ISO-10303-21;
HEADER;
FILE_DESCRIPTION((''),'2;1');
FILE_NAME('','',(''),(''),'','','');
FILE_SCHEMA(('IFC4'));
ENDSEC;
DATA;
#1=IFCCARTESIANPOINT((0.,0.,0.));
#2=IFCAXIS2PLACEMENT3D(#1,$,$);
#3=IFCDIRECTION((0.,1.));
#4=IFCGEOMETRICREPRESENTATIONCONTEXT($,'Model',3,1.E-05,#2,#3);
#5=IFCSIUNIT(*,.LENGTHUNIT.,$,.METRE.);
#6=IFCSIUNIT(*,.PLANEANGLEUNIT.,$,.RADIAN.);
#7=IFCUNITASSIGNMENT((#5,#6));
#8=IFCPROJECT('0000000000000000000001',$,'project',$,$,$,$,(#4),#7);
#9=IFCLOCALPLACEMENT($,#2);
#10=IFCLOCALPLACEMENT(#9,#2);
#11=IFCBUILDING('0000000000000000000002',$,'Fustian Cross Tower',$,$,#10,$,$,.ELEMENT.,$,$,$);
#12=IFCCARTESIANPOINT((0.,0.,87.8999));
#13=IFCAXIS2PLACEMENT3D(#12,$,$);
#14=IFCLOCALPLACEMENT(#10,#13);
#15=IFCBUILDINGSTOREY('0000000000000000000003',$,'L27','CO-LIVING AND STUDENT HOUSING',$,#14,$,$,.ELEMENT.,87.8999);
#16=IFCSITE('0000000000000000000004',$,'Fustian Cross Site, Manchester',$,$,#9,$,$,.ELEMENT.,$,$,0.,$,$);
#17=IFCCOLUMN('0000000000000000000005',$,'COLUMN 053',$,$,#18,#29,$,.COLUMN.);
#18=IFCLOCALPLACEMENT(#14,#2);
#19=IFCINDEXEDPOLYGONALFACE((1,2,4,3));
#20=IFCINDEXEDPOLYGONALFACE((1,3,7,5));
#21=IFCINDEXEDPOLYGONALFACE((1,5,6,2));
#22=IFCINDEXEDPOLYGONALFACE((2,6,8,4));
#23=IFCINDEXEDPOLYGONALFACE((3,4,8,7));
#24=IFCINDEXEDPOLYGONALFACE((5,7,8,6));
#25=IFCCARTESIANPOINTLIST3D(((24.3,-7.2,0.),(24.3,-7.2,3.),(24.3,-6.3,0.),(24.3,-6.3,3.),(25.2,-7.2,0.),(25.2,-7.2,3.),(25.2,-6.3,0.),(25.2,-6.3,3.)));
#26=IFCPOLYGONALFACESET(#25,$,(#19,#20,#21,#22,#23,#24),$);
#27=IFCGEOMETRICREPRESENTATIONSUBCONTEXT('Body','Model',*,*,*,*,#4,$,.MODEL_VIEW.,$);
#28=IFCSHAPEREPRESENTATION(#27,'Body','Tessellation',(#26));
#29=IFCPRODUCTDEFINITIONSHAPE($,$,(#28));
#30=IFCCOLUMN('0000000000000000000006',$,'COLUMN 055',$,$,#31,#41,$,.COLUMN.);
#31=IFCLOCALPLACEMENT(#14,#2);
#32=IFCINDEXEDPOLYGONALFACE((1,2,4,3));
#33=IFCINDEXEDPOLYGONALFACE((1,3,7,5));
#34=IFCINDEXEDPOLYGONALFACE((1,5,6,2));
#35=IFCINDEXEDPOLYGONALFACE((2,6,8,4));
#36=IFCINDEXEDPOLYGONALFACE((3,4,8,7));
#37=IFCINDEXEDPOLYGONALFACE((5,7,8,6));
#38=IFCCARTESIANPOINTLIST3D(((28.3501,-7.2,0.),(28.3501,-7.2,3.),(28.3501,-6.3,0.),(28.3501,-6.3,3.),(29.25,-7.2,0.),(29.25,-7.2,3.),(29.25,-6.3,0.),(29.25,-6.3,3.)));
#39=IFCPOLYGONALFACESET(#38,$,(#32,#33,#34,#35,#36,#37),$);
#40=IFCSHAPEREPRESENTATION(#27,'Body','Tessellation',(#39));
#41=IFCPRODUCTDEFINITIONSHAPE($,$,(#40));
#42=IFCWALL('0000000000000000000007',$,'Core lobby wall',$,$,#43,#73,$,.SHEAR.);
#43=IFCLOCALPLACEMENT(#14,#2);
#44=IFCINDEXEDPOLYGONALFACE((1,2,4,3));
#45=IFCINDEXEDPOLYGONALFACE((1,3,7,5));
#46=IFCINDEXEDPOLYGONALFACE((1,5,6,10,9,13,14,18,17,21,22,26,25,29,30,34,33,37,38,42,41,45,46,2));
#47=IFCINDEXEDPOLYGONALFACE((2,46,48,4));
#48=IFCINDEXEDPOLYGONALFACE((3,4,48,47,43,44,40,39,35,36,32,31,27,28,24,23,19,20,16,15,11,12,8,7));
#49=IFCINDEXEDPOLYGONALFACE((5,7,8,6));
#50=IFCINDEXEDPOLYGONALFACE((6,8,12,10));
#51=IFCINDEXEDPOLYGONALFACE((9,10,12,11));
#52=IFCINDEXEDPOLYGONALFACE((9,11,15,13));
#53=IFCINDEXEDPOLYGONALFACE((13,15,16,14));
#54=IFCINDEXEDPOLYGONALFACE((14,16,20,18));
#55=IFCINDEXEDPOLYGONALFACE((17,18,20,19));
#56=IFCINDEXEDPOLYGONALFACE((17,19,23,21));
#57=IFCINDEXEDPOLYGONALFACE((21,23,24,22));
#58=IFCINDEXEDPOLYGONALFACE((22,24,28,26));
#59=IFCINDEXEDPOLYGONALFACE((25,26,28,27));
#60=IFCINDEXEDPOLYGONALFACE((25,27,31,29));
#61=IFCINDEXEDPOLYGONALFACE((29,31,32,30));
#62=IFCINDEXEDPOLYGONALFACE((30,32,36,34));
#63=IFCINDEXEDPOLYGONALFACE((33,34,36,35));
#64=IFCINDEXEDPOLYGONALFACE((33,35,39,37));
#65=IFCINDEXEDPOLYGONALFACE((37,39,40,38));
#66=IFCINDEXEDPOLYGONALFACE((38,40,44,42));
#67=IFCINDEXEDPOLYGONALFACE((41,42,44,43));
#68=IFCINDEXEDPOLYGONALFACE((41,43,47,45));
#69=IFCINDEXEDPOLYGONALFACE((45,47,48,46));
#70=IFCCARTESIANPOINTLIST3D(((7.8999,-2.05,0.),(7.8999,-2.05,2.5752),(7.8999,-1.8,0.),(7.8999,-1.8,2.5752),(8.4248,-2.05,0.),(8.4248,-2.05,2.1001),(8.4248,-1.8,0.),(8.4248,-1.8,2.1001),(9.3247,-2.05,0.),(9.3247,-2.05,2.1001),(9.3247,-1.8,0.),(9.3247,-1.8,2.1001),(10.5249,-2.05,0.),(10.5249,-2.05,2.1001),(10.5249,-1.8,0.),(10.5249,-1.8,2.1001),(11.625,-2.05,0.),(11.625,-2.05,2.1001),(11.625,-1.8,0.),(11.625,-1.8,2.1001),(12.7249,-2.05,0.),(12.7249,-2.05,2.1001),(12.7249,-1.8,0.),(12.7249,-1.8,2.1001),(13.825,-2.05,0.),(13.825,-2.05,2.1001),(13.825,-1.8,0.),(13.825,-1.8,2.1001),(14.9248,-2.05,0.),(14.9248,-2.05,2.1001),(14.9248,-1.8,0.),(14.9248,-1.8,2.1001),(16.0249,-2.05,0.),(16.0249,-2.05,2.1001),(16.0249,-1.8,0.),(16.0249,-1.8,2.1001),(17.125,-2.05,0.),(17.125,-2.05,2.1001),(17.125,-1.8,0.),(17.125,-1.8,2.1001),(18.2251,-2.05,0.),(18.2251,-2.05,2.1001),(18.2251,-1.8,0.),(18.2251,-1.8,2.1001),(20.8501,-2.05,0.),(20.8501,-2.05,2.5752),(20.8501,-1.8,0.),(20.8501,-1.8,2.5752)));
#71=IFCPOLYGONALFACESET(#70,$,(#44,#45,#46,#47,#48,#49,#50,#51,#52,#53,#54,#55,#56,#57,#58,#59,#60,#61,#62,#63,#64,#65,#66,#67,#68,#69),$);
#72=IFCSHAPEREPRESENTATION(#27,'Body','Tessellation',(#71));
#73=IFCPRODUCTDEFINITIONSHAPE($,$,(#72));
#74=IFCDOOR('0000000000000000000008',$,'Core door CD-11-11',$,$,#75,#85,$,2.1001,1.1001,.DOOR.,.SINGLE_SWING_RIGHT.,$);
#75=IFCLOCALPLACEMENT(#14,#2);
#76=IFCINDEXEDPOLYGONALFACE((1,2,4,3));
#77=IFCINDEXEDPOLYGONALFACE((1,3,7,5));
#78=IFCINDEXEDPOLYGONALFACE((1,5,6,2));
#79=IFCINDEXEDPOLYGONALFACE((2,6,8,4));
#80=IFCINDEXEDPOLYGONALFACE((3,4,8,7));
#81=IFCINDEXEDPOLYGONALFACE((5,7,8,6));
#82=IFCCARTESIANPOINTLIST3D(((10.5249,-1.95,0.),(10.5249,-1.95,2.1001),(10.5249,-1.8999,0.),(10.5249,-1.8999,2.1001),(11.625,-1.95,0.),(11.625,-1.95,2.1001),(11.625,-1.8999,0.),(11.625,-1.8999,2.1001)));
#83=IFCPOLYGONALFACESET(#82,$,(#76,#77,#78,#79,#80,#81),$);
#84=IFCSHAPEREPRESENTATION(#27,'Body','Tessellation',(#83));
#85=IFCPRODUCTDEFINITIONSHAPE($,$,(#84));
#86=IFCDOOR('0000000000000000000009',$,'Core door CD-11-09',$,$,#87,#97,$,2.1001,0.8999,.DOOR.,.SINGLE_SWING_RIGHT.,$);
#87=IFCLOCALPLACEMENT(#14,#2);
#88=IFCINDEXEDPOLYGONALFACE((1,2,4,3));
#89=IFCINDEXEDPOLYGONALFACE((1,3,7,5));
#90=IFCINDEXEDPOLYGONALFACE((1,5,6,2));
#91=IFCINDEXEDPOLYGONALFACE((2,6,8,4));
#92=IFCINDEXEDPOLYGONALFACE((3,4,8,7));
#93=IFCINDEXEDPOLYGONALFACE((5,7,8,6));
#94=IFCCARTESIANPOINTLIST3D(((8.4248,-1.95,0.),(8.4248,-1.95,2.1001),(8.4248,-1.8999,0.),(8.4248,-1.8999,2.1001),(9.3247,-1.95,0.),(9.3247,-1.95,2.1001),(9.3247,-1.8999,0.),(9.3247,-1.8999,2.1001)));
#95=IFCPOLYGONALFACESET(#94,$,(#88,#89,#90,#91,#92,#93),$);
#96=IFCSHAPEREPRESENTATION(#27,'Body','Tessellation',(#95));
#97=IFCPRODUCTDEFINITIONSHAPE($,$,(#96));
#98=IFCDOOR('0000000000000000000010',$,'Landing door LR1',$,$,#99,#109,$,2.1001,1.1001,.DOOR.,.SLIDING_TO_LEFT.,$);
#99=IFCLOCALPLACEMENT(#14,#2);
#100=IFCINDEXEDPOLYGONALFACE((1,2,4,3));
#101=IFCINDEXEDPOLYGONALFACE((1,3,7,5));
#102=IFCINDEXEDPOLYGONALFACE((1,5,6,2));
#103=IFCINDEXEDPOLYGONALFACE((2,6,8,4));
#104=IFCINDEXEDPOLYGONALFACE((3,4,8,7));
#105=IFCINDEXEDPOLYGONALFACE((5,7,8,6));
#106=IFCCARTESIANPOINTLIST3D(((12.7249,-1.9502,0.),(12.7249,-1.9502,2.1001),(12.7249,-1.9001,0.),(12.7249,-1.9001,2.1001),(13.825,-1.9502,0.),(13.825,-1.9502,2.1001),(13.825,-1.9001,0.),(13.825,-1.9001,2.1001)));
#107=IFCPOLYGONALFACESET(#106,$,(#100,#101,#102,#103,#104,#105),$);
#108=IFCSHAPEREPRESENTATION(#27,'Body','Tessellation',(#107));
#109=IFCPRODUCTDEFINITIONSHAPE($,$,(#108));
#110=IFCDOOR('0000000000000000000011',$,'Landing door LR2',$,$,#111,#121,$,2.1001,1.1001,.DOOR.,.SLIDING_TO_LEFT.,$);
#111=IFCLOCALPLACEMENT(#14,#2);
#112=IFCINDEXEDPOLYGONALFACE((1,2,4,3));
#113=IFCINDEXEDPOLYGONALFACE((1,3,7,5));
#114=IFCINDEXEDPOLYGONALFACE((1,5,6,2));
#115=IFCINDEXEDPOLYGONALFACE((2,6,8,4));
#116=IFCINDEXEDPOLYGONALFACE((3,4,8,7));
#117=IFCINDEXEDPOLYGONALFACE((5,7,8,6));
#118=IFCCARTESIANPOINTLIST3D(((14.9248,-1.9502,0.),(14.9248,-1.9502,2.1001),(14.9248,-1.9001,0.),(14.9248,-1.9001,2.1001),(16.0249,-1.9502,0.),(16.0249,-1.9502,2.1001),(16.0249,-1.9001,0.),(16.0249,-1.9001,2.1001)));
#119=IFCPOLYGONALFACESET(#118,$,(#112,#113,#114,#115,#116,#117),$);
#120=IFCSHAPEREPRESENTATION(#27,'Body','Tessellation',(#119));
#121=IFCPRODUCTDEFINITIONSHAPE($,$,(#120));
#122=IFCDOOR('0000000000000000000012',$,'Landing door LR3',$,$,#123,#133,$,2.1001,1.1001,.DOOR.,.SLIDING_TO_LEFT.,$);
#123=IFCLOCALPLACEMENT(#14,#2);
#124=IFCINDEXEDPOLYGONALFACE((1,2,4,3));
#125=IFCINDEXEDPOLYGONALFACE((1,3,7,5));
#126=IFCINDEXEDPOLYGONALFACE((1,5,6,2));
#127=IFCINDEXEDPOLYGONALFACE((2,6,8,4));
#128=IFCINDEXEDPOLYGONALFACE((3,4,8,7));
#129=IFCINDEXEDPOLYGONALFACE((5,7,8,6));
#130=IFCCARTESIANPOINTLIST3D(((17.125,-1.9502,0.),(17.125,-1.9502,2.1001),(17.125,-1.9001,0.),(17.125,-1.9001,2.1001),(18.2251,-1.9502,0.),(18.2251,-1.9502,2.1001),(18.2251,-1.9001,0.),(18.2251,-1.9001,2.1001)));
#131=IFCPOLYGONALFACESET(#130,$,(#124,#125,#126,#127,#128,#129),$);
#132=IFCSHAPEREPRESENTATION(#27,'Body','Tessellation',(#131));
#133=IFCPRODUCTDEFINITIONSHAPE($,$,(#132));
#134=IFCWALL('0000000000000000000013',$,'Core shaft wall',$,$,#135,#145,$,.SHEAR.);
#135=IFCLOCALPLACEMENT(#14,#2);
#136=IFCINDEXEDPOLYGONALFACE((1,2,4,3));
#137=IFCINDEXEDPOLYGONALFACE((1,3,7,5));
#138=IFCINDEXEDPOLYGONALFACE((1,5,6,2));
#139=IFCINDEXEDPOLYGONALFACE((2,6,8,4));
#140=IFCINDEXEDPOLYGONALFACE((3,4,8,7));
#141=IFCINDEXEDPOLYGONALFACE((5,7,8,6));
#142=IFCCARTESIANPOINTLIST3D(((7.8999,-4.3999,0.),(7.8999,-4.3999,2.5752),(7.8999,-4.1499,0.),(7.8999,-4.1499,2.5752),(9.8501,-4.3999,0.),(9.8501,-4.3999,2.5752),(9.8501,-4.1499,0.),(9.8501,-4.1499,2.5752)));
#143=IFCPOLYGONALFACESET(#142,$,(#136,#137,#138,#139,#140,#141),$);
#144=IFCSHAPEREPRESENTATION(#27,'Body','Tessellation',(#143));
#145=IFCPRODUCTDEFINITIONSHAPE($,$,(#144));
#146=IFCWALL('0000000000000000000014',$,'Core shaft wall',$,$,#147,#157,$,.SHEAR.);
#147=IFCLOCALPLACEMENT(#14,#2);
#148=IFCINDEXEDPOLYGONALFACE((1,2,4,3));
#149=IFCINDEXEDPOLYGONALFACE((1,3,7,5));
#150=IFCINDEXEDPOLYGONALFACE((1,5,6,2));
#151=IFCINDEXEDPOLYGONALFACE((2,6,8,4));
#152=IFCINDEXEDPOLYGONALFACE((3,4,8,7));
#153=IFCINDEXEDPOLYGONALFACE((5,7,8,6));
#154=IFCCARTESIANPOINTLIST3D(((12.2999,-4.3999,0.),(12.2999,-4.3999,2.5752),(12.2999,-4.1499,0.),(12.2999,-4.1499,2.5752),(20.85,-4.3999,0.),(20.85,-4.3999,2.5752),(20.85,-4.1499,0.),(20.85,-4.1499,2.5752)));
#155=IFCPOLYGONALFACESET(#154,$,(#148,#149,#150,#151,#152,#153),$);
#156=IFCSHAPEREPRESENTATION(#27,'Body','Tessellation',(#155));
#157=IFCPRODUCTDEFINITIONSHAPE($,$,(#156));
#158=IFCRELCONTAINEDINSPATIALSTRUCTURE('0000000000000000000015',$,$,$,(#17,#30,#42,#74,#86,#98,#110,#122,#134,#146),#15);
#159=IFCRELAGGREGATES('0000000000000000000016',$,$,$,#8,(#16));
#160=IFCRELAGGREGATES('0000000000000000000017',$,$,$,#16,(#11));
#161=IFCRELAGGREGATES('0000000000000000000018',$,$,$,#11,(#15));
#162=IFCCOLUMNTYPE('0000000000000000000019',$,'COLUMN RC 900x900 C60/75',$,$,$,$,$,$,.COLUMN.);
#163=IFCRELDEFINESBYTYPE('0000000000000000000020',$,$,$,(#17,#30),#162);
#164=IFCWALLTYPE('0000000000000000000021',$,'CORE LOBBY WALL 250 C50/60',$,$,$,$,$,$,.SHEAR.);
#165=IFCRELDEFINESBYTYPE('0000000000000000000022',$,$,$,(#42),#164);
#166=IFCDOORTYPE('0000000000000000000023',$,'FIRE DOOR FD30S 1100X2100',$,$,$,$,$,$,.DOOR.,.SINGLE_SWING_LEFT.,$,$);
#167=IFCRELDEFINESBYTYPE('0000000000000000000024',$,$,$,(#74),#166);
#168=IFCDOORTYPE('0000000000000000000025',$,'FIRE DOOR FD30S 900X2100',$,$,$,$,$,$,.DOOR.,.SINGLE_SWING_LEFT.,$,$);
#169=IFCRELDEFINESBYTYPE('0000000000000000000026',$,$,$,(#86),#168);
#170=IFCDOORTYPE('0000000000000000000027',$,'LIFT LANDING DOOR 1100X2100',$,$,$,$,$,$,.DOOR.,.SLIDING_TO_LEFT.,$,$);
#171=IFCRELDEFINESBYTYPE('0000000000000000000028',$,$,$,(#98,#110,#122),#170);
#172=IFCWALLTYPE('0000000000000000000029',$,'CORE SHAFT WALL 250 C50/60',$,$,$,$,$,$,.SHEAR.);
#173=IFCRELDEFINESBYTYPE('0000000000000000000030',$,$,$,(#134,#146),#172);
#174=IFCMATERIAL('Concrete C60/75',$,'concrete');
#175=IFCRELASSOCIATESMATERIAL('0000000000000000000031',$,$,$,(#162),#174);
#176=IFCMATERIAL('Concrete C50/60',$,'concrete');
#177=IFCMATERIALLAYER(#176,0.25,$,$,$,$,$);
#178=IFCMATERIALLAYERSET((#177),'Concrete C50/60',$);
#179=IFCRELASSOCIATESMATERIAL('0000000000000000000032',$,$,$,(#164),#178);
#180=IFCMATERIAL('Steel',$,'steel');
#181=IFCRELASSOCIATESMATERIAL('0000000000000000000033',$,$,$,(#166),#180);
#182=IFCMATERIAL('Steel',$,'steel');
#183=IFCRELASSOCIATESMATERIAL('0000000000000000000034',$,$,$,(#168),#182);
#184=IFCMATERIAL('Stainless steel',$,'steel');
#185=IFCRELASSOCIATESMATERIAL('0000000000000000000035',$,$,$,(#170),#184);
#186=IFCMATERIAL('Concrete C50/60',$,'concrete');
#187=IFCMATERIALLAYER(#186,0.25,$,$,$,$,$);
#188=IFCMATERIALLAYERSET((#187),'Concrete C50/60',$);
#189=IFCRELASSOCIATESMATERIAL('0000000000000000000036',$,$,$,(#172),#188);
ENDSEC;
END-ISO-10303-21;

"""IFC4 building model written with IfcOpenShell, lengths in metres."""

from ifc_helpers import new_model, si_unit, direction, frame, frame_2d, origin, origin_2d, place, context, subcontext, project, spatial, rectangle, extrude, material, layer, layer_set, material_profile, profile_set, type_object, element, fill, save


model = new_model("IFC4")

# Units and contexts
model_context = context("Model", 3, precision=1e-05, world=origin(), true_north=direction((0.0, 1.0)))
body_context = subcontext(model_context, "Body", "Model", "MODEL_VIEW")
ifc_project = project(units=[si_unit("LENGTHUNIT", "METRE"), si_unit("PLANEANGLEUNIT", "RADIAN")], contexts=[model_context])

# Site, building, storey
site_placement = place(None, origin())
site = spatial("IfcSite", under=ifc_project, at=site_placement, Name="Fustian Cross Site, Manchester", CompositionType="ELEMENT", RefElevation=0.0)
building_placement = place(site_placement, origin())
building = spatial("IfcBuilding", under=site, at=building_placement, Name="Fustian Cross Tower", CompositionType="ELEMENT")
storey_placement = place(building_placement, frame((0.0, 0.0, 87.8999)))
storey = spatial("IfcBuildingStorey", under=building, at=storey_placement, Name="L27", Description="CO-LIVING AND STUDENT HOUSING", CompositionType="ELEMENT", Elevation=87.8999)

# Columns
ifc_material_1 = material(Name="Concrete C60/75", Category="concrete")
ifc_material_profile = material_profile(ifc_material_1, rectangle(XDim=0.8999, YDim=0.8999, at=origin_2d()), Name="RC 900x900")
ifc_profile_set = profile_set([ifc_material_profile], Name="Concrete C60/75")
column_type = type_object("IfcColumnType", Name="COLUMN RC 900x900 C60/75", PredefinedType="COLUMN", material=ifc_profile_set)
for number, where, z_axis, x_axis, name in (
    (1, (24.75, -6.75, 0.0), (0.0, 0.0, 1.0), (1.0, 0.0, 0.0), "COLUMN 053"),
    (2, (28.8, -6.75, 0.0), (0.0, 0.0, 1.0), (1.0, 0.0, 0.0), "COLUMN 055"),
):
    element("IfcColumn", number, at=place(storey_placement, frame(where, z_axis=z_axis, x_axis=x_axis)), inside=storey, type_object=column_type, Name=name, PredefinedType="COLUMN", context=body_context, shape_type="SweptSolid", body=[
        extrude(rectangle(XDim=0.8999, YDim=0.8999, at=origin_2d()), origin(), (0.0, 0.0, 1.0), 3.0),
    ])

# Wall, openings, doors
ifc_material_2 = material(Name="Concrete C50/60", Category="concrete")
ifc_layer_1 = layer(ifc_material_2, 0.25)
ifc_layer_set_1 = layer_set([ifc_layer_1], Name="Concrete C50/60")
wall_type_1 = type_object("IfcWallType", Name="CORE LOBBY WALL 250 C50/60", PredefinedType="SHEAR", material=ifc_layer_set_1)
wall_1_placement = place(storey_placement, frame((7.8999, -1.925, 0.0), z_axis=(0.0, 0.0, 1.0), x_axis=(1.0, 0.0, 0.0)))
wall_1 = element("IfcWall", 3, at=wall_1_placement, inside=storey, type_object=wall_type_1, Name="Core lobby wall", PredefinedType="SHEAR", context=body_context, shape_type="SweptSolid", body=[
    extrude(rectangle(XDim=12.9502, YDim=0.25, at=frame_2d((6.4751, 0.0))), origin(), (0.0, 0.0, 1.0), 2.5752),
])
opening_1_placement = place(wall_1_placement, frame((4.825, 0.0, 0.0)))
opening_1 = element("IfcOpeningElement", 4, at=opening_1_placement, cuts=wall_1, PredefinedType="OPENING", context=body_context, shape_type="SweptSolid", body=[
    extrude(rectangle(XDim=1.1001, YDim=2.1001, at=frame_2d((0.55, 1.05))), frame((0.0, 0.135, 0.0), z_axis=(0.0, -1.0, 0.0), x_axis=(1.0, 0.0, 0.0)), (0.0, 0.0, 1.0), 0.27),
])
opening_2_placement = place(wall_1_placement, frame((7.0249, 0.0, 0.0)))
opening_2 = element("IfcOpeningElement", 5, at=opening_2_placement, cuts=wall_1, PredefinedType="OPENING", context=body_context, shape_type="SweptSolid", body=[
    extrude(rectangle(XDim=1.1001, YDim=2.1001, at=frame_2d((0.55, 1.05))), frame((0.0, 0.135, 0.0), z_axis=(0.0, -1.0, 0.0), x_axis=(1.0, 0.0, 0.0)), (0.0, 0.0, 1.0), 0.27),
])
opening_3_placement = place(wall_1_placement, frame((9.2251, 0.0, 0.0)))
opening_3 = element("IfcOpeningElement", 6, at=opening_3_placement, cuts=wall_1, PredefinedType="OPENING", context=body_context, shape_type="SweptSolid", body=[
    extrude(rectangle(XDim=1.1001, YDim=2.1001, at=frame_2d((0.55, 1.05))), frame((0.0, 0.135, 0.0), z_axis=(0.0, -1.0, 0.0), x_axis=(1.0, 0.0, 0.0)), (0.0, 0.0, 1.0), 0.27),
])
opening_4_placement = place(wall_1_placement, frame((0.5249, 0.0, 0.0)))
opening_4 = element("IfcOpeningElement", 7, at=opening_4_placement, cuts=wall_1, PredefinedType="OPENING", context=body_context, shape_type="SweptSolid", body=[
    extrude(rectangle(XDim=0.8999, YDim=2.1001, at=frame_2d((0.45, 1.05))), frame((0.0, 0.135, 0.0), z_axis=(0.0, -1.0, 0.0), x_axis=(1.0, 0.0, 0.0)), (0.0, 0.0, 1.0), 0.27),
])
opening_5_placement = place(wall_1_placement, frame((2.625, 0.0, 0.0)))
opening_5 = element("IfcOpeningElement", 8, at=opening_5_placement, cuts=wall_1, PredefinedType="OPENING", context=body_context, shape_type="SweptSolid", body=[
    extrude(rectangle(XDim=1.1001, YDim=2.1001, at=frame_2d((0.55, 1.05))), frame((0.0, 0.135, 0.0), z_axis=(0.0, -1.0, 0.0), x_axis=(1.0, 0.0, 0.0)), (0.0, 0.0, 1.0), 0.27),
])
ifc_material_3 = material(Name="Steel", Category="steel")
door_type_1 = type_object("IfcDoorType", Name="FIRE DOOR FD30S 1100X2100", OperationType="SINGLE_SWING_LEFT", PredefinedType="DOOR", material=ifc_material_3)
door_1_placement = place(opening_5_placement, frame((1.1001, 0.0, 0.0), z_axis=(0.0, 0.0, 1.0), x_axis=(-1.0, 0.0, 0.0)))
door_1 = element("IfcDoor", 9, at=door_1_placement, inside=storey, type_object=door_type_1, Name="Core door CD-11-11", OperationType="SINGLE_SWING_RIGHT", OverallHeight=2.1001, OverallWidth=1.1001, PredefinedType="DOOR", context=body_context, shape_type="SweptSolid", body=[
    extrude(rectangle(XDim=1.1001, YDim=2.1001, at=frame_2d((0.55, 1.05))), frame((0.0, 0.0249, 0.0), z_axis=(0.0, -1.0, 0.0), x_axis=(1.0, 0.0, 0.0)), (0.0, 0.0, 1.0), 0.05),
])
fill(opening_5, door_1)
ifc_material_4 = material(Name="Steel", Category="steel")
door_type_2 = type_object("IfcDoorType", Name="FIRE DOOR FD30S 900X2100", OperationType="SINGLE_SWING_LEFT", PredefinedType="DOOR", material=ifc_material_4)
door_2_placement = place(opening_4_placement, frame((0.8999, 0.0, 0.0), z_axis=(0.0, 0.0, 1.0), x_axis=(-1.0, 0.0, 0.0)))
door_2 = element("IfcDoor", 10, at=door_2_placement, inside=storey, type_object=door_type_2, Name="Core door CD-11-09", OperationType="SINGLE_SWING_RIGHT", OverallHeight=2.1001, OverallWidth=0.8999, PredefinedType="DOOR", context=body_context, shape_type="SweptSolid", body=[
    extrude(rectangle(XDim=0.8999, YDim=2.1001, at=frame_2d((0.45, 1.05))), frame((0.0, 0.0249, 0.0), z_axis=(0.0, -1.0, 0.0), x_axis=(1.0, 0.0, 0.0)), (0.0, 0.0, 1.0), 0.05),
])
fill(opening_4, door_2)
ifc_material_5 = material(Name="Stainless steel", Category="steel")
door_type_3 = type_object("IfcDoorType", Name="LIFT LANDING DOOR 1100X2100", OperationType="SLIDING_TO_LEFT", PredefinedType="DOOR", material=ifc_material_5)
door_3_placement = place(opening_1_placement, origin())
door_3 = element("IfcDoor", 11, at=door_3_placement, inside=storey, type_object=door_type_3, Name="Landing door LR1", OperationType="SLIDING_TO_LEFT", OverallHeight=2.1001, OverallWidth=1.1001, PredefinedType="DOOR", context=body_context, shape_type="SweptSolid", body=[
    extrude(rectangle(XDim=1.1001, YDim=2.1001, at=frame_2d((0.55, 1.05))), frame((0.0, 0.0249, 0.0), z_axis=(0.0, -1.0, 0.0), x_axis=(1.0, 0.0, 0.0)), (0.0, 0.0, 1.0), 0.05),
])
fill(opening_1, door_3)
door_4_placement = place(opening_2_placement, origin())
door_4 = element("IfcDoor", 12, at=door_4_placement, inside=storey, type_object=door_type_3, Name="Landing door LR2", OperationType="SLIDING_TO_LEFT", OverallHeight=2.1001, OverallWidth=1.1001, PredefinedType="DOOR", context=body_context, shape_type="SweptSolid", body=[
    extrude(rectangle(XDim=1.1001, YDim=2.1001, at=frame_2d((0.55, 1.05))), frame((0.0, 0.0249, 0.0), z_axis=(0.0, -1.0, 0.0), x_axis=(1.0, 0.0, 0.0)), (0.0, 0.0, 1.0), 0.05),
])
fill(opening_2, door_4)
door_5_placement = place(opening_3_placement, origin())
door_5 = element("IfcDoor", 13, at=door_5_placement, inside=storey, type_object=door_type_3, Name="Landing door LR3", OperationType="SLIDING_TO_LEFT", OverallHeight=2.1001, OverallWidth=1.1001, PredefinedType="DOOR", context=body_context, shape_type="SweptSolid", body=[
    extrude(rectangle(XDim=1.1001, YDim=2.1001, at=frame_2d((0.55, 1.05))), frame((0.0, 0.0249, 0.0), z_axis=(0.0, -1.0, 0.0), x_axis=(1.0, 0.0, 0.0)), (0.0, 0.0, 1.0), 0.05),
])
fill(opening_3, door_5)

# Walls
ifc_material_6 = material(Name="Concrete C50/60", Category="concrete")
ifc_layer_2 = layer(ifc_material_6, 0.25)
ifc_layer_set_2 = layer_set([ifc_layer_2], Name="Concrete C50/60")
wall_type_2 = type_object("IfcWallType", Name="CORE SHAFT WALL 250 C50/60", PredefinedType="SHEAR", material=ifc_layer_set_2)
wall_2_placement = place(storey_placement, frame((7.8999, -4.2749, 0.0), z_axis=(0.0, 0.0, 1.0), x_axis=(1.0, 0.0, 0.0)))
element("IfcWall", 14, at=wall_2_placement, inside=storey, type_object=wall_type_2, Name="Core shaft wall", PredefinedType="SHEAR", context=body_context, shape_type="SweptSolid", body=[
    extrude(rectangle(XDim=1.9502, YDim=0.25, at=frame_2d((0.9751, 0.0))), origin(), (0.0, 0.0, 1.0), 2.5752),
])
wall_3_placement = place(storey_placement, frame((12.3, -4.2749, 0.0), z_axis=(0.0, 0.0, 1.0), x_axis=(1.0, 0.0, 0.0)))
element("IfcWall", 15, at=wall_3_placement, inside=storey, type_object=wall_type_2, Name="Core shaft wall", PredefinedType="SHEAR", context=body_context, shape_type="SweptSolid", body=[
    extrude(rectangle(XDim=8.55, YDim=0.25, at=frame_2d((4.2749, 0.0))), origin(), (0.0, 0.0, 1.0), 2.5752),
])

save(model, "model.ifc")
